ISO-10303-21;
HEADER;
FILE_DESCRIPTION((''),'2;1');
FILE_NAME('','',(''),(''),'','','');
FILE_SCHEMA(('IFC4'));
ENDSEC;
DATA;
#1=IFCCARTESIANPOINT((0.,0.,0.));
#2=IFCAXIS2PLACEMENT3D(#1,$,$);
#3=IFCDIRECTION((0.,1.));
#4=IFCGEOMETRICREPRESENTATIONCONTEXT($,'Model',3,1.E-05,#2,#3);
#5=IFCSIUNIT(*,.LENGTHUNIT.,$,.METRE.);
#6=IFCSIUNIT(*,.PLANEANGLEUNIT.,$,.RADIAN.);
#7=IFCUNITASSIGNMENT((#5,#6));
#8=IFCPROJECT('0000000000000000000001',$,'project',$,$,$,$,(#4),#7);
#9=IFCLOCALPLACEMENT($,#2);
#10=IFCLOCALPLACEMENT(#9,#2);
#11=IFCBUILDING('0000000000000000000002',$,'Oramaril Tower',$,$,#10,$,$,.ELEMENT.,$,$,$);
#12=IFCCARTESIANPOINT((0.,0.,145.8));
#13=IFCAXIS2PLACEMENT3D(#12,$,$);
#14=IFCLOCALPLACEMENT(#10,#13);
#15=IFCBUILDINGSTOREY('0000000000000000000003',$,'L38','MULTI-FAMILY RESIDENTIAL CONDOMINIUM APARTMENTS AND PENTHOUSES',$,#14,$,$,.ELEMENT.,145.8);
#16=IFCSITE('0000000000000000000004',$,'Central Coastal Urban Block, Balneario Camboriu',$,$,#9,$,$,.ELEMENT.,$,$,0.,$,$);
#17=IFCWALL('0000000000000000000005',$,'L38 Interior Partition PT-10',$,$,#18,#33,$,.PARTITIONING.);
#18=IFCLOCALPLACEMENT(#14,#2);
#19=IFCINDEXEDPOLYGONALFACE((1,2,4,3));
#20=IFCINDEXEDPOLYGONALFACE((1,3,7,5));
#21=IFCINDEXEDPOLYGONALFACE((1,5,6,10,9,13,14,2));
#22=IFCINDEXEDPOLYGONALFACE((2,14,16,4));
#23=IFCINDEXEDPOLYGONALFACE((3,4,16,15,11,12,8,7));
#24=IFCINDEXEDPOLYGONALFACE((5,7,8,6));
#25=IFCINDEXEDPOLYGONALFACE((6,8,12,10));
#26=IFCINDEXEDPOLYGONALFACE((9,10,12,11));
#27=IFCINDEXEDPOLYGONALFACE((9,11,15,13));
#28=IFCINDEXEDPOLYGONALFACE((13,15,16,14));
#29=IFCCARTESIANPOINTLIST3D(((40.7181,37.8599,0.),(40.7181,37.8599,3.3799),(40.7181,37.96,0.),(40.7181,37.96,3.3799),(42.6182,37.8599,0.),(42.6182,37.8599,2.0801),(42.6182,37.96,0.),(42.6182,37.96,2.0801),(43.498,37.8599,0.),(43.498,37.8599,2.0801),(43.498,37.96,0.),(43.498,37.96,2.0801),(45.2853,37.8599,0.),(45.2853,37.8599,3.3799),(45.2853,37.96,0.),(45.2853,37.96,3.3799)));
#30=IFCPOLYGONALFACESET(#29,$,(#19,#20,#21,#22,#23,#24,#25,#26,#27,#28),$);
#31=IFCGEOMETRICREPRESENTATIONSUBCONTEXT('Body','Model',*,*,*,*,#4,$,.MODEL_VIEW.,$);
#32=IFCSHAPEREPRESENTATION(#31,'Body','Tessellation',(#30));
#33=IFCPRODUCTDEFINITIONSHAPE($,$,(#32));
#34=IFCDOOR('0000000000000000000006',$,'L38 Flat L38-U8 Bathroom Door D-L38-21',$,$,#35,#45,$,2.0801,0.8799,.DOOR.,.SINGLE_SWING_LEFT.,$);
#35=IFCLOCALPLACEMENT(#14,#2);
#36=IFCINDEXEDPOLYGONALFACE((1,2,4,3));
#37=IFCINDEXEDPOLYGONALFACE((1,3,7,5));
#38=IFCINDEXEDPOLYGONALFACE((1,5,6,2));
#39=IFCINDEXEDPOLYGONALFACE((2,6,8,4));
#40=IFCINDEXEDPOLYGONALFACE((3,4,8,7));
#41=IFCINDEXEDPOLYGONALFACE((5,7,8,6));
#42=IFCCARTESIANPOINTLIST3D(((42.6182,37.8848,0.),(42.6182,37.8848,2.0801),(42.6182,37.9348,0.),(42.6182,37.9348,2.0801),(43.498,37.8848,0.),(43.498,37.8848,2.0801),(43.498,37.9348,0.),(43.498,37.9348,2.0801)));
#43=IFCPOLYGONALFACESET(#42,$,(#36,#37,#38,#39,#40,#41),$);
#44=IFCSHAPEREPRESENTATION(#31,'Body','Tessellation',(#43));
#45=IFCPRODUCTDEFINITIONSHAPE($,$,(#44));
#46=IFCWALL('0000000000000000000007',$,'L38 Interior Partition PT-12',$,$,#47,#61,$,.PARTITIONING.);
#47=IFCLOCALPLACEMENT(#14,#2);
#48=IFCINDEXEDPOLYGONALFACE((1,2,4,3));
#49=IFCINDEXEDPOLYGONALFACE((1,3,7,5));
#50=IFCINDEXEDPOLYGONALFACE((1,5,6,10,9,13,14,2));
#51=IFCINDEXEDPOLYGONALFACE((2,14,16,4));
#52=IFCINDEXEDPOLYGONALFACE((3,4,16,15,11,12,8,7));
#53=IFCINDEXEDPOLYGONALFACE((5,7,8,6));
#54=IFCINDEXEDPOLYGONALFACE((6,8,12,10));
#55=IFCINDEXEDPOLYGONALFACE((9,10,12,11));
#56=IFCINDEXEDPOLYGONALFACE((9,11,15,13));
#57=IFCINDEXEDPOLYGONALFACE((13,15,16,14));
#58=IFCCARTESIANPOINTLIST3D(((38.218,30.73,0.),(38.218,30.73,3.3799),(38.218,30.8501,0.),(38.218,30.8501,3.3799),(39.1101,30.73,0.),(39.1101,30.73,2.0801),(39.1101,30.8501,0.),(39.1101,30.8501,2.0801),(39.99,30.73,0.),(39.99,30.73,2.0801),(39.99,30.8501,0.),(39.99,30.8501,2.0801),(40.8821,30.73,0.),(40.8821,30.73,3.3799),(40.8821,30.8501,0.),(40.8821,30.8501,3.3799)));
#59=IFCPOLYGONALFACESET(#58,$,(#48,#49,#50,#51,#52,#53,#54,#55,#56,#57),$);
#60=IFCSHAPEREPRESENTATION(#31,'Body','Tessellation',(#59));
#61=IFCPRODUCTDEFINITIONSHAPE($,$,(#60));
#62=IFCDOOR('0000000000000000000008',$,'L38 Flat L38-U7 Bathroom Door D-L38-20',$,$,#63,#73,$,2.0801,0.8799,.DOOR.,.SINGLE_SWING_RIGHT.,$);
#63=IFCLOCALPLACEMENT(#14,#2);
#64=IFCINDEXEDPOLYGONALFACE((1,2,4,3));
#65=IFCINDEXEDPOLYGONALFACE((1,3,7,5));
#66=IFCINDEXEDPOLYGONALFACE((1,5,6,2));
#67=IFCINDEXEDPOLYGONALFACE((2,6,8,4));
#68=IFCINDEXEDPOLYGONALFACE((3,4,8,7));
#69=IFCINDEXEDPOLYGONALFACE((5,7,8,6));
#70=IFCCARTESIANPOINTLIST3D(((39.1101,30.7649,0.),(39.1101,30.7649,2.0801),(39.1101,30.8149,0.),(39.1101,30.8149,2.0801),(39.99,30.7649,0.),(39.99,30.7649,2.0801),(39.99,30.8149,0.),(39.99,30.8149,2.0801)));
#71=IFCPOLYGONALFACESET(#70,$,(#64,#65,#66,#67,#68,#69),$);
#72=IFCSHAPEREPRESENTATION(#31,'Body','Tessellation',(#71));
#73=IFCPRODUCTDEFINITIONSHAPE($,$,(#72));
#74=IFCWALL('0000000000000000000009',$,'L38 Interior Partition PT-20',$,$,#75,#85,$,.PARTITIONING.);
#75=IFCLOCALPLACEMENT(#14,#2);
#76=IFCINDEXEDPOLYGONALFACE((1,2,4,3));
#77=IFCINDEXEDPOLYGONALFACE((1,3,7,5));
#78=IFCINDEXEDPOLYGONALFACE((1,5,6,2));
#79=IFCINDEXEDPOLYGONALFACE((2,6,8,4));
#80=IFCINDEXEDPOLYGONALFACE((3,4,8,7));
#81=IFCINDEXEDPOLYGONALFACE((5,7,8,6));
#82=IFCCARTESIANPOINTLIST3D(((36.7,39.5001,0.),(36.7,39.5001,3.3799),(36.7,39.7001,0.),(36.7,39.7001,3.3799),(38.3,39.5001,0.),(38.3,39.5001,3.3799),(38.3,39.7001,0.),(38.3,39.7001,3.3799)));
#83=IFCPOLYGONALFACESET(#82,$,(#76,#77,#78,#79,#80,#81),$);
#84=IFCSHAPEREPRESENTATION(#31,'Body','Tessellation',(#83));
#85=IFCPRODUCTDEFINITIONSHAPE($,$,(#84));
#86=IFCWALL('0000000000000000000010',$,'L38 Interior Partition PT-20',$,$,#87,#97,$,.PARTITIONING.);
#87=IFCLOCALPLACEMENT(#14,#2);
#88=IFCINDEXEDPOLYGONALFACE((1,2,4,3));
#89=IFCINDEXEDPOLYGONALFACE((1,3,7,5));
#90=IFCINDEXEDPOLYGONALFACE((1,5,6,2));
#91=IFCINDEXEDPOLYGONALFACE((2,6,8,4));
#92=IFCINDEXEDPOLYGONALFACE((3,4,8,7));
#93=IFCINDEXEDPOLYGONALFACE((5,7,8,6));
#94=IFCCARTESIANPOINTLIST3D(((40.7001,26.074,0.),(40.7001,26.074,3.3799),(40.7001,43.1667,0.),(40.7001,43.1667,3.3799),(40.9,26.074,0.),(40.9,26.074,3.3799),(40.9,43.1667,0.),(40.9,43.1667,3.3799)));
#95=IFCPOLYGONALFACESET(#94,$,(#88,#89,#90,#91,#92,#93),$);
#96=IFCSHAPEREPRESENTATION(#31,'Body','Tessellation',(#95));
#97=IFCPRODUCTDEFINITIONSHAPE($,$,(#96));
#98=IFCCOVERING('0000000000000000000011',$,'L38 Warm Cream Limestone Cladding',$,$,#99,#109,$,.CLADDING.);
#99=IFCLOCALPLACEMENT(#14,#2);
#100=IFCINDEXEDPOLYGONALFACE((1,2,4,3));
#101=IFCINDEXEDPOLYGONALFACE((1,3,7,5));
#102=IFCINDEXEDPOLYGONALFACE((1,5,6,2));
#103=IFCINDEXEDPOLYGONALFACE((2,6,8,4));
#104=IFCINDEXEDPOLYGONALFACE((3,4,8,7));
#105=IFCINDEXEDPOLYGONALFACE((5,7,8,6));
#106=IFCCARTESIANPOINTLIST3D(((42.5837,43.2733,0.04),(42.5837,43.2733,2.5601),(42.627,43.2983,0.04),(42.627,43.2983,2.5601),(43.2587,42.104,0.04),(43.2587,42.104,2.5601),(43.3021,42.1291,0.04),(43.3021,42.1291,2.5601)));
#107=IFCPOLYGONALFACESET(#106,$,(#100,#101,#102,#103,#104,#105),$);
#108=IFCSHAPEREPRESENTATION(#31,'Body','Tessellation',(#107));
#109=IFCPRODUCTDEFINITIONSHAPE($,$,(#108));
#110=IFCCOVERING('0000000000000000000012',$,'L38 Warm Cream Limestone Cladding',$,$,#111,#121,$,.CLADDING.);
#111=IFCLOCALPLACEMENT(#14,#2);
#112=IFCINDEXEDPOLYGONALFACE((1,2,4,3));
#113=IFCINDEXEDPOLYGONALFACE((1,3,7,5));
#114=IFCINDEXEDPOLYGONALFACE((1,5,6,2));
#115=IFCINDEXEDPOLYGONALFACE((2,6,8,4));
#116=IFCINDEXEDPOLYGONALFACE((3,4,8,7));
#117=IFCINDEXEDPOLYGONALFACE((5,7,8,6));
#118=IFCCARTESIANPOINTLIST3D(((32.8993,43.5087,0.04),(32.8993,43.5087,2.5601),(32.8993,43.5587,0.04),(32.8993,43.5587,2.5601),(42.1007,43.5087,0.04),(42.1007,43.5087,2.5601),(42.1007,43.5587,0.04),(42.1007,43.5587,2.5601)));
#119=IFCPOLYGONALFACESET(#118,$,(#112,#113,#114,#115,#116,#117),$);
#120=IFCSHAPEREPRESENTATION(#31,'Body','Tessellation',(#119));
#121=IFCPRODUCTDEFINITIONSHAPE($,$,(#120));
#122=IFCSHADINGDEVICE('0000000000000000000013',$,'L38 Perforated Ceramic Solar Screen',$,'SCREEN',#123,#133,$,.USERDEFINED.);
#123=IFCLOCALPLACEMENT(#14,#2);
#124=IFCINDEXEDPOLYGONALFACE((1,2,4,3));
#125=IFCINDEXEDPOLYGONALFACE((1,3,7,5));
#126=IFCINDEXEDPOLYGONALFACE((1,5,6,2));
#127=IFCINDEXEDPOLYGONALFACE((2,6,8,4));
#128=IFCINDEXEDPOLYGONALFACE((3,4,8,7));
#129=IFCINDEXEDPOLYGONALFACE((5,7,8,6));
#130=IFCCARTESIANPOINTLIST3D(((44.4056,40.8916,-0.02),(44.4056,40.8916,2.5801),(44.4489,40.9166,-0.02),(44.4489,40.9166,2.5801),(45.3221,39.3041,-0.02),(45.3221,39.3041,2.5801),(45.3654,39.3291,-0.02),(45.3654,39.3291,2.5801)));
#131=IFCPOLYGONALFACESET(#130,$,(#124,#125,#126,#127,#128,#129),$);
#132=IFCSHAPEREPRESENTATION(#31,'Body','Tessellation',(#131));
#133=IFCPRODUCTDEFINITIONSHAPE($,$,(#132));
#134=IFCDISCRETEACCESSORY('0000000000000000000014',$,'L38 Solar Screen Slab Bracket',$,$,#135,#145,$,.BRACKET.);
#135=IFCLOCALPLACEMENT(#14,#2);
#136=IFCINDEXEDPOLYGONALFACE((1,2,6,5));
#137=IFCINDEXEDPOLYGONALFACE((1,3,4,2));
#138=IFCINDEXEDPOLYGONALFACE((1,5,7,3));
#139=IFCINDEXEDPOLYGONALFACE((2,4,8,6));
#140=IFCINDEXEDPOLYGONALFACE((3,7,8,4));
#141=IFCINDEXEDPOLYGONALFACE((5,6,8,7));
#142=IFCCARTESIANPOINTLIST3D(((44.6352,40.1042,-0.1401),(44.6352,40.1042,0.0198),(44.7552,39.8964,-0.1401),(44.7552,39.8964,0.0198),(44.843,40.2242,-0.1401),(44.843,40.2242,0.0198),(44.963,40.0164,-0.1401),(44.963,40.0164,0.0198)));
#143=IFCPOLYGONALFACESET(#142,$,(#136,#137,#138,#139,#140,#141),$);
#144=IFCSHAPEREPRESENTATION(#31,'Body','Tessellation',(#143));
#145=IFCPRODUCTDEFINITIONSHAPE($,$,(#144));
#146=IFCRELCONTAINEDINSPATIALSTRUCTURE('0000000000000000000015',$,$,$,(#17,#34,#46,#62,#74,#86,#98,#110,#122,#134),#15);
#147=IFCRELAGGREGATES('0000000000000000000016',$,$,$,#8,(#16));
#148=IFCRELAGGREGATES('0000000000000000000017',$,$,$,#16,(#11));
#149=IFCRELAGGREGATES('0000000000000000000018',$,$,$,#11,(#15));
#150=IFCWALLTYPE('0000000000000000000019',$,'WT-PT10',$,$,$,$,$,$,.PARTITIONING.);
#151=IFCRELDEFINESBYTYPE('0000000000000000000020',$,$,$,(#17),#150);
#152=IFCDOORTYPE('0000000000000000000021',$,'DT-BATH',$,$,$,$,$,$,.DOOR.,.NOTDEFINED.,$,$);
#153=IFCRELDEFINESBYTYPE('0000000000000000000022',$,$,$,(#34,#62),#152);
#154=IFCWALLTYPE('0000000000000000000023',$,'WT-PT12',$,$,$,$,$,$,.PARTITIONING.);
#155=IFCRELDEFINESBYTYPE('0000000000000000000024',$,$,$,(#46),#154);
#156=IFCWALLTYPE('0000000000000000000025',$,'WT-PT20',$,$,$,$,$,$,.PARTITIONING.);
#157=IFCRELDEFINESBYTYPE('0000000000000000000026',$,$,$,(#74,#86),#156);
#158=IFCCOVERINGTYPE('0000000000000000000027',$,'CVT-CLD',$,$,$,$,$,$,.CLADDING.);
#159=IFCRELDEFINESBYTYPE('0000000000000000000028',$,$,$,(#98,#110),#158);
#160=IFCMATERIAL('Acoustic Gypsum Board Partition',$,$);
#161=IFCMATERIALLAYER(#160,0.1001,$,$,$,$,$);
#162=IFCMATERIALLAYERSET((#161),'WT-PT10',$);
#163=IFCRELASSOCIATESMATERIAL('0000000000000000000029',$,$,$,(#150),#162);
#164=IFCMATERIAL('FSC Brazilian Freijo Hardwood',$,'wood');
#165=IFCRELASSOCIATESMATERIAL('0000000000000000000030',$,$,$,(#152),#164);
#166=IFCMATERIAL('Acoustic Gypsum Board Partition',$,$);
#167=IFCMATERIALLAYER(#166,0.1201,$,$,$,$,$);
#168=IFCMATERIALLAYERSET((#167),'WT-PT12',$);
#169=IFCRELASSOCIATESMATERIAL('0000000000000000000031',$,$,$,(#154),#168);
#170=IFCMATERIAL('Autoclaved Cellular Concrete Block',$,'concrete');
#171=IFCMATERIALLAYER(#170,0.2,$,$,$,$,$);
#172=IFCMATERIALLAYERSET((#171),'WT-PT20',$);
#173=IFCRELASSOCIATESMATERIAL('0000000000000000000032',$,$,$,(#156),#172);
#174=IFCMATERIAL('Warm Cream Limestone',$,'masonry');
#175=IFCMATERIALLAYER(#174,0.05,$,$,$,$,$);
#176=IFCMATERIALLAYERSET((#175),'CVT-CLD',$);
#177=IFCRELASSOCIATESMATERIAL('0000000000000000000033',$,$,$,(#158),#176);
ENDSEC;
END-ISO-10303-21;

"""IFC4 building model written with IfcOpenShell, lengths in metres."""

from ifc_helpers import new_model, si_unit, direction, frame, frame_2d, origin, origin_2d, place, context, subcontext, project, spatial, rectangle, extrude, material, layer, layer_set, type_object, element, fill, save


model = new_model("IFC4")

# Units and contexts
model_context = context("Model", 3, precision=1e-05, world=origin(), true_north=direction((0.0, 1.0)))
body_context = subcontext(model_context, "Body", "Model", "MODEL_VIEW")
ifc_project = project(units=[si_unit("LENGTHUNIT", "METRE"), si_unit("PLANEANGLEUNIT", "RADIAN")], contexts=[model_context])

# Site, building, storey
site_placement = place(None, origin())
site = spatial("IfcSite", under=ifc_project, at=site_placement, Name="Central Coastal Urban Block, Balneario Camboriu", CompositionType="ELEMENT", RefElevation=0.0)
building_placement = place(site_placement, origin())
building = spatial("IfcBuilding", under=site, at=building_placement, Name="Oramaril Tower", CompositionType="ELEMENT")
storey_placement = place(building_placement, frame((0.0, 0.0, 145.8)))
storey = spatial("IfcBuildingStorey", under=building, at=storey_placement, Name="L38", Description="MULTI-FAMILY RESIDENTIAL CONDOMINIUM APARTMENTS AND PENTHOUSES", CompositionType="ELEMENT", Elevation=145.8)

# Walls, openings, doors
ifc_material_1 = material(Name="Acoustic Gypsum Board Partition")
ifc_layer_1 = layer(ifc_material_1, 0.1001)
ifc_layer_set_1 = layer_set([ifc_layer_1], Name="WT-PT10")
wall_type_1 = type_object("IfcWallType", Name="WT-PT10", PredefinedType="PARTITIONING", material=ifc_layer_set_1)
wall_1_placement = place(storey_placement, frame((40.718, 37.9099, 0.0), z_axis=(0.0, 0.0, 1.0), x_axis=(1.0, 0.0, 0.0)))
wall_1 = element("IfcWall", 1, at=wall_1_placement, inside=storey, type_object=wall_type_1, Name="L38 Interior Partition PT-10", PredefinedType="PARTITIONING", context=body_context, shape_type="SweptSolid", body=[
    extrude(rectangle(XDim=4.5671, YDim=0.1001, at=frame_2d((2.2837, 0.0))), origin(), (0.0, 0.0, 1.0), 3.3799),
])
opening_1_placement = place(wall_1_placement, frame((1.9001, 0.0, 0.0)))
opening_1 = element("IfcOpeningElement", 2, at=opening_1_placement, cuts=wall_1, PredefinedType="OPENING", context=body_context, shape_type="SweptSolid", body=[
    extrude(rectangle(XDim=0.8799, YDim=2.0801, at=frame_2d((0.4399, 1.04))), frame((0.0, 0.05, 0.0), z_axis=(0.0, -1.0, 0.0), x_axis=(1.0, 0.0, 0.0)), (0.0, 0.0, 1.0), 0.1001),
])
ifc_material_2 = material(Name="FSC Brazilian Freijo Hardwood", Category="wood")
door_type_1 = type_object("IfcDoorType", Name="DT-BATH", OperationType="NOTDEFINED", PredefinedType="DOOR", material=ifc_material_2)
door_1_placement = place(opening_1_placement, origin())
door_1 = element("IfcDoor", 3, at=door_1_placement, inside=storey, type_object=door_type_1, Name="L38 Flat L38-U8 Bathroom Door D-L38-21", OperationType="SINGLE_SWING_LEFT", OverallHeight=2.0801, OverallWidth=0.8799, PredefinedType="DOOR", context=body_context, shape_type="SweptSolid", body=[
    extrude(rectangle(XDim=0.8799, YDim=2.0801, at=frame_2d((0.4399, 1.04))), frame((0.0, 0.0249, 0.0), z_axis=(0.0, -1.0, 0.0), x_axis=(1.0, 0.0, 0.0)), (0.0, 0.0, 1.0), 0.05),
])
fill(opening_1, door_1)
ifc_material_3 = material(Name="Acoustic Gypsum Board Partition")
ifc_layer_2 = layer(ifc_material_3, 0.1201)
ifc_layer_set_2 = layer_set([ifc_layer_2], Name="WT-PT12")
wall_type_2 = type_object("IfcWallType", Name="WT-PT12", PredefinedType="PARTITIONING", material=ifc_layer_set_2)
wall_2_placement = place(storey_placement, frame((38.218, 30.79, 0.0), z_axis=(0.0, 0.0, 1.0), x_axis=(1.0, 0.0, 0.0)))
wall_2 = element("IfcWall", 4, at=wall_2_placement, inside=storey, type_object=wall_type_2, Name="L38 Interior Partition PT-12", PredefinedType="PARTITIONING", context=body_context, shape_type="SweptSolid", body=[
    extrude(rectangle(XDim=2.6641, YDim=0.1201, at=frame_2d((1.332, 0.0))), origin(), (0.0, 0.0, 1.0), 3.3799),
])
opening_2_placement = place(wall_2_placement, frame((0.8921, 0.0, 0.0)))
opening_2 = element("IfcOpeningElement", 5, at=opening_2_placement, cuts=wall_2, PredefinedType="OPENING", context=body_context, shape_type="SweptSolid", body=[
    extrude(rectangle(XDim=0.8799, YDim=2.0801, at=frame_2d((0.4399, 1.04))), frame((0.0, 0.0601, 0.0), z_axis=(0.0, -1.0, 0.0), x_axis=(1.0, 0.0, 0.0)), (0.0, 0.0, 1.0), 0.1201),
])
door_2_placement = place(opening_2_placement, origin())
door_2 = element("IfcDoor", 6, at=door_2_placement, inside=storey, type_object=door_type_1, Name="L38 Flat L38-U7 Bathroom Door D-L38-20", OperationType="SINGLE_SWING_RIGHT", OverallHeight=2.0801, OverallWidth=0.8799, PredefinedType="DOOR", context=body_context, shape_type="SweptSolid", body=[
    extrude(rectangle(XDim=0.8799, YDim=2.0801, at=frame_2d((0.4399, 1.04))), frame((0.0, 0.0249, 0.0), z_axis=(0.0, -1.0, 0.0), x_axis=(1.0, 0.0, 0.0)), (0.0, 0.0, 1.0), 0.05),
])
fill(opening_2, door_2)

# Walls
ifc_material_4 = material(Name="Autoclaved Cellular Concrete Block", Category="concrete")
ifc_layer_3 = layer(ifc_material_4, 0.2)
ifc_layer_set_3 = layer_set([ifc_layer_3], Name="WT-PT20")
wall_type_3 = type_object("IfcWallType", Name="WT-PT20", PredefinedType="PARTITIONING", material=ifc_layer_set_3)
wall_3_placement = place(storey_placement, frame((36.7, 39.6001, 0.0), z_axis=(0.0, 0.0, 1.0), x_axis=(1.0, 0.0, 0.0)))
element("IfcWall", 7, at=wall_3_placement, inside=storey, type_object=wall_type_3, Name="L38 Interior Partition PT-20", PredefinedType="PARTITIONING", context=body_context, shape_type="SweptSolid", body=[
    extrude(rectangle(XDim=1.6001, YDim=0.2, at=frame_2d((0.8, 0.0))), origin(), (0.0, 0.0, 1.0), 3.3799),
])
wall_4_placement = place(storey_placement, frame((40.8, 26.074, 0.0), z_axis=(0.0, 0.0, 1.0), x_axis=(0.0, 1.0, 0.0)))
element("IfcWall", 8, at=wall_4_placement, inside=storey, type_object=wall_type_3, Name="L38 Interior Partition PT-20", PredefinedType="PARTITIONING", context=body_context, shape_type="SweptSolid", body=[
    extrude(rectangle(XDim=17.0928, YDim=0.2, at=frame_2d((8.5464, 0.0))), origin(), (0.0, 0.0, 1.0), 3.3799),
])

# Coverings
ifc_material_5 = material(Name="Warm Cream Limestone", Category="masonry")
ifc_layer_4 = layer(ifc_material_5, 0.05)
ifc_layer_set_4 = layer_set([ifc_layer_4], Name="CVT-CLD")
covering_type = type_object("IfcCoveringType", Name="CVT-CLD", PredefinedType="CLADDING", material=ifc_layer_set_4)
covering_1_placement = place(storey_placement, frame((42.9429, 42.7012, 0.04), z_axis=(0.0, 0.0, 1.0), x_axis=(-0.499998, 0.866026, 0.0)))
element("IfcCovering", 9, at=covering_1_placement, inside=storey, type_object=covering_type, Name="L38 Warm Cream Limestone Cladding", PredefinedType="CLADDING", context=body_context, shape_type="SweptSolid", body=[
    extrude(rectangle(XDim=1.3501, YDim=0.05, at=origin_2d()), origin(), (0.0, 0.0, 1.0), 2.52),
])
covering_2_placement = place(storey_placement, frame((37.5, 43.5337, 0.04), z_axis=(0.0, 0.0, 1.0), x_axis=(-1.0, 0.0, 0.0)))
element("IfcCovering", 10, at=covering_2_placement, inside=storey, type_object=covering_type, Name="L38 Warm Cream Limestone Cladding", PredefinedType="CLADDING", context=body_context, shape_type="SweptSolid", body=[
    extrude(rectangle(XDim=9.2014, YDim=0.05, at=origin_2d()), origin(), (0.0, 0.0, 1.0), 2.52),
])

# Shading device
shading_device_placement = place(storey_placement, frame((44.8855, 40.1104, -0.02), z_axis=(0.0, 0.0, 1.0), x_axis=(-0.499998, 0.866026, 0.0)))
element("IfcShadingDevice", 11, at=shading_device_placement, inside=storey, Name="L38 Perforated Ceramic Solar Screen", ObjectType="SCREEN", PredefinedType="USERDEFINED", context=body_context, shape_type="SweptSolid", body=[
    extrude(rectangle(XDim=1.833, YDim=0.05, at=origin_2d()), origin(), (0.0, 0.0, 1.0), 2.6001),
])

# Discrete accessory
discrete_accessory_placement = place(storey_placement, frame((44.7991, 40.0603, -0.1401), z_axis=(0.0, 0.0, 1.0), x_axis=(-0.499998, 0.866026, 0.0)))
element("IfcDiscreteAccessory", 12, at=discrete_accessory_placement, inside=storey, Name="L38 Solar Screen Slab Bracket", PredefinedType="BRACKET", context=body_context, shape_type="SweptSolid", body=[
    extrude(rectangle(XDim=0.24, YDim=0.24, at=origin_2d()), origin(), (0.0, 0.0, 1.0), 0.1599),
])

save(model, "model.ifc")
